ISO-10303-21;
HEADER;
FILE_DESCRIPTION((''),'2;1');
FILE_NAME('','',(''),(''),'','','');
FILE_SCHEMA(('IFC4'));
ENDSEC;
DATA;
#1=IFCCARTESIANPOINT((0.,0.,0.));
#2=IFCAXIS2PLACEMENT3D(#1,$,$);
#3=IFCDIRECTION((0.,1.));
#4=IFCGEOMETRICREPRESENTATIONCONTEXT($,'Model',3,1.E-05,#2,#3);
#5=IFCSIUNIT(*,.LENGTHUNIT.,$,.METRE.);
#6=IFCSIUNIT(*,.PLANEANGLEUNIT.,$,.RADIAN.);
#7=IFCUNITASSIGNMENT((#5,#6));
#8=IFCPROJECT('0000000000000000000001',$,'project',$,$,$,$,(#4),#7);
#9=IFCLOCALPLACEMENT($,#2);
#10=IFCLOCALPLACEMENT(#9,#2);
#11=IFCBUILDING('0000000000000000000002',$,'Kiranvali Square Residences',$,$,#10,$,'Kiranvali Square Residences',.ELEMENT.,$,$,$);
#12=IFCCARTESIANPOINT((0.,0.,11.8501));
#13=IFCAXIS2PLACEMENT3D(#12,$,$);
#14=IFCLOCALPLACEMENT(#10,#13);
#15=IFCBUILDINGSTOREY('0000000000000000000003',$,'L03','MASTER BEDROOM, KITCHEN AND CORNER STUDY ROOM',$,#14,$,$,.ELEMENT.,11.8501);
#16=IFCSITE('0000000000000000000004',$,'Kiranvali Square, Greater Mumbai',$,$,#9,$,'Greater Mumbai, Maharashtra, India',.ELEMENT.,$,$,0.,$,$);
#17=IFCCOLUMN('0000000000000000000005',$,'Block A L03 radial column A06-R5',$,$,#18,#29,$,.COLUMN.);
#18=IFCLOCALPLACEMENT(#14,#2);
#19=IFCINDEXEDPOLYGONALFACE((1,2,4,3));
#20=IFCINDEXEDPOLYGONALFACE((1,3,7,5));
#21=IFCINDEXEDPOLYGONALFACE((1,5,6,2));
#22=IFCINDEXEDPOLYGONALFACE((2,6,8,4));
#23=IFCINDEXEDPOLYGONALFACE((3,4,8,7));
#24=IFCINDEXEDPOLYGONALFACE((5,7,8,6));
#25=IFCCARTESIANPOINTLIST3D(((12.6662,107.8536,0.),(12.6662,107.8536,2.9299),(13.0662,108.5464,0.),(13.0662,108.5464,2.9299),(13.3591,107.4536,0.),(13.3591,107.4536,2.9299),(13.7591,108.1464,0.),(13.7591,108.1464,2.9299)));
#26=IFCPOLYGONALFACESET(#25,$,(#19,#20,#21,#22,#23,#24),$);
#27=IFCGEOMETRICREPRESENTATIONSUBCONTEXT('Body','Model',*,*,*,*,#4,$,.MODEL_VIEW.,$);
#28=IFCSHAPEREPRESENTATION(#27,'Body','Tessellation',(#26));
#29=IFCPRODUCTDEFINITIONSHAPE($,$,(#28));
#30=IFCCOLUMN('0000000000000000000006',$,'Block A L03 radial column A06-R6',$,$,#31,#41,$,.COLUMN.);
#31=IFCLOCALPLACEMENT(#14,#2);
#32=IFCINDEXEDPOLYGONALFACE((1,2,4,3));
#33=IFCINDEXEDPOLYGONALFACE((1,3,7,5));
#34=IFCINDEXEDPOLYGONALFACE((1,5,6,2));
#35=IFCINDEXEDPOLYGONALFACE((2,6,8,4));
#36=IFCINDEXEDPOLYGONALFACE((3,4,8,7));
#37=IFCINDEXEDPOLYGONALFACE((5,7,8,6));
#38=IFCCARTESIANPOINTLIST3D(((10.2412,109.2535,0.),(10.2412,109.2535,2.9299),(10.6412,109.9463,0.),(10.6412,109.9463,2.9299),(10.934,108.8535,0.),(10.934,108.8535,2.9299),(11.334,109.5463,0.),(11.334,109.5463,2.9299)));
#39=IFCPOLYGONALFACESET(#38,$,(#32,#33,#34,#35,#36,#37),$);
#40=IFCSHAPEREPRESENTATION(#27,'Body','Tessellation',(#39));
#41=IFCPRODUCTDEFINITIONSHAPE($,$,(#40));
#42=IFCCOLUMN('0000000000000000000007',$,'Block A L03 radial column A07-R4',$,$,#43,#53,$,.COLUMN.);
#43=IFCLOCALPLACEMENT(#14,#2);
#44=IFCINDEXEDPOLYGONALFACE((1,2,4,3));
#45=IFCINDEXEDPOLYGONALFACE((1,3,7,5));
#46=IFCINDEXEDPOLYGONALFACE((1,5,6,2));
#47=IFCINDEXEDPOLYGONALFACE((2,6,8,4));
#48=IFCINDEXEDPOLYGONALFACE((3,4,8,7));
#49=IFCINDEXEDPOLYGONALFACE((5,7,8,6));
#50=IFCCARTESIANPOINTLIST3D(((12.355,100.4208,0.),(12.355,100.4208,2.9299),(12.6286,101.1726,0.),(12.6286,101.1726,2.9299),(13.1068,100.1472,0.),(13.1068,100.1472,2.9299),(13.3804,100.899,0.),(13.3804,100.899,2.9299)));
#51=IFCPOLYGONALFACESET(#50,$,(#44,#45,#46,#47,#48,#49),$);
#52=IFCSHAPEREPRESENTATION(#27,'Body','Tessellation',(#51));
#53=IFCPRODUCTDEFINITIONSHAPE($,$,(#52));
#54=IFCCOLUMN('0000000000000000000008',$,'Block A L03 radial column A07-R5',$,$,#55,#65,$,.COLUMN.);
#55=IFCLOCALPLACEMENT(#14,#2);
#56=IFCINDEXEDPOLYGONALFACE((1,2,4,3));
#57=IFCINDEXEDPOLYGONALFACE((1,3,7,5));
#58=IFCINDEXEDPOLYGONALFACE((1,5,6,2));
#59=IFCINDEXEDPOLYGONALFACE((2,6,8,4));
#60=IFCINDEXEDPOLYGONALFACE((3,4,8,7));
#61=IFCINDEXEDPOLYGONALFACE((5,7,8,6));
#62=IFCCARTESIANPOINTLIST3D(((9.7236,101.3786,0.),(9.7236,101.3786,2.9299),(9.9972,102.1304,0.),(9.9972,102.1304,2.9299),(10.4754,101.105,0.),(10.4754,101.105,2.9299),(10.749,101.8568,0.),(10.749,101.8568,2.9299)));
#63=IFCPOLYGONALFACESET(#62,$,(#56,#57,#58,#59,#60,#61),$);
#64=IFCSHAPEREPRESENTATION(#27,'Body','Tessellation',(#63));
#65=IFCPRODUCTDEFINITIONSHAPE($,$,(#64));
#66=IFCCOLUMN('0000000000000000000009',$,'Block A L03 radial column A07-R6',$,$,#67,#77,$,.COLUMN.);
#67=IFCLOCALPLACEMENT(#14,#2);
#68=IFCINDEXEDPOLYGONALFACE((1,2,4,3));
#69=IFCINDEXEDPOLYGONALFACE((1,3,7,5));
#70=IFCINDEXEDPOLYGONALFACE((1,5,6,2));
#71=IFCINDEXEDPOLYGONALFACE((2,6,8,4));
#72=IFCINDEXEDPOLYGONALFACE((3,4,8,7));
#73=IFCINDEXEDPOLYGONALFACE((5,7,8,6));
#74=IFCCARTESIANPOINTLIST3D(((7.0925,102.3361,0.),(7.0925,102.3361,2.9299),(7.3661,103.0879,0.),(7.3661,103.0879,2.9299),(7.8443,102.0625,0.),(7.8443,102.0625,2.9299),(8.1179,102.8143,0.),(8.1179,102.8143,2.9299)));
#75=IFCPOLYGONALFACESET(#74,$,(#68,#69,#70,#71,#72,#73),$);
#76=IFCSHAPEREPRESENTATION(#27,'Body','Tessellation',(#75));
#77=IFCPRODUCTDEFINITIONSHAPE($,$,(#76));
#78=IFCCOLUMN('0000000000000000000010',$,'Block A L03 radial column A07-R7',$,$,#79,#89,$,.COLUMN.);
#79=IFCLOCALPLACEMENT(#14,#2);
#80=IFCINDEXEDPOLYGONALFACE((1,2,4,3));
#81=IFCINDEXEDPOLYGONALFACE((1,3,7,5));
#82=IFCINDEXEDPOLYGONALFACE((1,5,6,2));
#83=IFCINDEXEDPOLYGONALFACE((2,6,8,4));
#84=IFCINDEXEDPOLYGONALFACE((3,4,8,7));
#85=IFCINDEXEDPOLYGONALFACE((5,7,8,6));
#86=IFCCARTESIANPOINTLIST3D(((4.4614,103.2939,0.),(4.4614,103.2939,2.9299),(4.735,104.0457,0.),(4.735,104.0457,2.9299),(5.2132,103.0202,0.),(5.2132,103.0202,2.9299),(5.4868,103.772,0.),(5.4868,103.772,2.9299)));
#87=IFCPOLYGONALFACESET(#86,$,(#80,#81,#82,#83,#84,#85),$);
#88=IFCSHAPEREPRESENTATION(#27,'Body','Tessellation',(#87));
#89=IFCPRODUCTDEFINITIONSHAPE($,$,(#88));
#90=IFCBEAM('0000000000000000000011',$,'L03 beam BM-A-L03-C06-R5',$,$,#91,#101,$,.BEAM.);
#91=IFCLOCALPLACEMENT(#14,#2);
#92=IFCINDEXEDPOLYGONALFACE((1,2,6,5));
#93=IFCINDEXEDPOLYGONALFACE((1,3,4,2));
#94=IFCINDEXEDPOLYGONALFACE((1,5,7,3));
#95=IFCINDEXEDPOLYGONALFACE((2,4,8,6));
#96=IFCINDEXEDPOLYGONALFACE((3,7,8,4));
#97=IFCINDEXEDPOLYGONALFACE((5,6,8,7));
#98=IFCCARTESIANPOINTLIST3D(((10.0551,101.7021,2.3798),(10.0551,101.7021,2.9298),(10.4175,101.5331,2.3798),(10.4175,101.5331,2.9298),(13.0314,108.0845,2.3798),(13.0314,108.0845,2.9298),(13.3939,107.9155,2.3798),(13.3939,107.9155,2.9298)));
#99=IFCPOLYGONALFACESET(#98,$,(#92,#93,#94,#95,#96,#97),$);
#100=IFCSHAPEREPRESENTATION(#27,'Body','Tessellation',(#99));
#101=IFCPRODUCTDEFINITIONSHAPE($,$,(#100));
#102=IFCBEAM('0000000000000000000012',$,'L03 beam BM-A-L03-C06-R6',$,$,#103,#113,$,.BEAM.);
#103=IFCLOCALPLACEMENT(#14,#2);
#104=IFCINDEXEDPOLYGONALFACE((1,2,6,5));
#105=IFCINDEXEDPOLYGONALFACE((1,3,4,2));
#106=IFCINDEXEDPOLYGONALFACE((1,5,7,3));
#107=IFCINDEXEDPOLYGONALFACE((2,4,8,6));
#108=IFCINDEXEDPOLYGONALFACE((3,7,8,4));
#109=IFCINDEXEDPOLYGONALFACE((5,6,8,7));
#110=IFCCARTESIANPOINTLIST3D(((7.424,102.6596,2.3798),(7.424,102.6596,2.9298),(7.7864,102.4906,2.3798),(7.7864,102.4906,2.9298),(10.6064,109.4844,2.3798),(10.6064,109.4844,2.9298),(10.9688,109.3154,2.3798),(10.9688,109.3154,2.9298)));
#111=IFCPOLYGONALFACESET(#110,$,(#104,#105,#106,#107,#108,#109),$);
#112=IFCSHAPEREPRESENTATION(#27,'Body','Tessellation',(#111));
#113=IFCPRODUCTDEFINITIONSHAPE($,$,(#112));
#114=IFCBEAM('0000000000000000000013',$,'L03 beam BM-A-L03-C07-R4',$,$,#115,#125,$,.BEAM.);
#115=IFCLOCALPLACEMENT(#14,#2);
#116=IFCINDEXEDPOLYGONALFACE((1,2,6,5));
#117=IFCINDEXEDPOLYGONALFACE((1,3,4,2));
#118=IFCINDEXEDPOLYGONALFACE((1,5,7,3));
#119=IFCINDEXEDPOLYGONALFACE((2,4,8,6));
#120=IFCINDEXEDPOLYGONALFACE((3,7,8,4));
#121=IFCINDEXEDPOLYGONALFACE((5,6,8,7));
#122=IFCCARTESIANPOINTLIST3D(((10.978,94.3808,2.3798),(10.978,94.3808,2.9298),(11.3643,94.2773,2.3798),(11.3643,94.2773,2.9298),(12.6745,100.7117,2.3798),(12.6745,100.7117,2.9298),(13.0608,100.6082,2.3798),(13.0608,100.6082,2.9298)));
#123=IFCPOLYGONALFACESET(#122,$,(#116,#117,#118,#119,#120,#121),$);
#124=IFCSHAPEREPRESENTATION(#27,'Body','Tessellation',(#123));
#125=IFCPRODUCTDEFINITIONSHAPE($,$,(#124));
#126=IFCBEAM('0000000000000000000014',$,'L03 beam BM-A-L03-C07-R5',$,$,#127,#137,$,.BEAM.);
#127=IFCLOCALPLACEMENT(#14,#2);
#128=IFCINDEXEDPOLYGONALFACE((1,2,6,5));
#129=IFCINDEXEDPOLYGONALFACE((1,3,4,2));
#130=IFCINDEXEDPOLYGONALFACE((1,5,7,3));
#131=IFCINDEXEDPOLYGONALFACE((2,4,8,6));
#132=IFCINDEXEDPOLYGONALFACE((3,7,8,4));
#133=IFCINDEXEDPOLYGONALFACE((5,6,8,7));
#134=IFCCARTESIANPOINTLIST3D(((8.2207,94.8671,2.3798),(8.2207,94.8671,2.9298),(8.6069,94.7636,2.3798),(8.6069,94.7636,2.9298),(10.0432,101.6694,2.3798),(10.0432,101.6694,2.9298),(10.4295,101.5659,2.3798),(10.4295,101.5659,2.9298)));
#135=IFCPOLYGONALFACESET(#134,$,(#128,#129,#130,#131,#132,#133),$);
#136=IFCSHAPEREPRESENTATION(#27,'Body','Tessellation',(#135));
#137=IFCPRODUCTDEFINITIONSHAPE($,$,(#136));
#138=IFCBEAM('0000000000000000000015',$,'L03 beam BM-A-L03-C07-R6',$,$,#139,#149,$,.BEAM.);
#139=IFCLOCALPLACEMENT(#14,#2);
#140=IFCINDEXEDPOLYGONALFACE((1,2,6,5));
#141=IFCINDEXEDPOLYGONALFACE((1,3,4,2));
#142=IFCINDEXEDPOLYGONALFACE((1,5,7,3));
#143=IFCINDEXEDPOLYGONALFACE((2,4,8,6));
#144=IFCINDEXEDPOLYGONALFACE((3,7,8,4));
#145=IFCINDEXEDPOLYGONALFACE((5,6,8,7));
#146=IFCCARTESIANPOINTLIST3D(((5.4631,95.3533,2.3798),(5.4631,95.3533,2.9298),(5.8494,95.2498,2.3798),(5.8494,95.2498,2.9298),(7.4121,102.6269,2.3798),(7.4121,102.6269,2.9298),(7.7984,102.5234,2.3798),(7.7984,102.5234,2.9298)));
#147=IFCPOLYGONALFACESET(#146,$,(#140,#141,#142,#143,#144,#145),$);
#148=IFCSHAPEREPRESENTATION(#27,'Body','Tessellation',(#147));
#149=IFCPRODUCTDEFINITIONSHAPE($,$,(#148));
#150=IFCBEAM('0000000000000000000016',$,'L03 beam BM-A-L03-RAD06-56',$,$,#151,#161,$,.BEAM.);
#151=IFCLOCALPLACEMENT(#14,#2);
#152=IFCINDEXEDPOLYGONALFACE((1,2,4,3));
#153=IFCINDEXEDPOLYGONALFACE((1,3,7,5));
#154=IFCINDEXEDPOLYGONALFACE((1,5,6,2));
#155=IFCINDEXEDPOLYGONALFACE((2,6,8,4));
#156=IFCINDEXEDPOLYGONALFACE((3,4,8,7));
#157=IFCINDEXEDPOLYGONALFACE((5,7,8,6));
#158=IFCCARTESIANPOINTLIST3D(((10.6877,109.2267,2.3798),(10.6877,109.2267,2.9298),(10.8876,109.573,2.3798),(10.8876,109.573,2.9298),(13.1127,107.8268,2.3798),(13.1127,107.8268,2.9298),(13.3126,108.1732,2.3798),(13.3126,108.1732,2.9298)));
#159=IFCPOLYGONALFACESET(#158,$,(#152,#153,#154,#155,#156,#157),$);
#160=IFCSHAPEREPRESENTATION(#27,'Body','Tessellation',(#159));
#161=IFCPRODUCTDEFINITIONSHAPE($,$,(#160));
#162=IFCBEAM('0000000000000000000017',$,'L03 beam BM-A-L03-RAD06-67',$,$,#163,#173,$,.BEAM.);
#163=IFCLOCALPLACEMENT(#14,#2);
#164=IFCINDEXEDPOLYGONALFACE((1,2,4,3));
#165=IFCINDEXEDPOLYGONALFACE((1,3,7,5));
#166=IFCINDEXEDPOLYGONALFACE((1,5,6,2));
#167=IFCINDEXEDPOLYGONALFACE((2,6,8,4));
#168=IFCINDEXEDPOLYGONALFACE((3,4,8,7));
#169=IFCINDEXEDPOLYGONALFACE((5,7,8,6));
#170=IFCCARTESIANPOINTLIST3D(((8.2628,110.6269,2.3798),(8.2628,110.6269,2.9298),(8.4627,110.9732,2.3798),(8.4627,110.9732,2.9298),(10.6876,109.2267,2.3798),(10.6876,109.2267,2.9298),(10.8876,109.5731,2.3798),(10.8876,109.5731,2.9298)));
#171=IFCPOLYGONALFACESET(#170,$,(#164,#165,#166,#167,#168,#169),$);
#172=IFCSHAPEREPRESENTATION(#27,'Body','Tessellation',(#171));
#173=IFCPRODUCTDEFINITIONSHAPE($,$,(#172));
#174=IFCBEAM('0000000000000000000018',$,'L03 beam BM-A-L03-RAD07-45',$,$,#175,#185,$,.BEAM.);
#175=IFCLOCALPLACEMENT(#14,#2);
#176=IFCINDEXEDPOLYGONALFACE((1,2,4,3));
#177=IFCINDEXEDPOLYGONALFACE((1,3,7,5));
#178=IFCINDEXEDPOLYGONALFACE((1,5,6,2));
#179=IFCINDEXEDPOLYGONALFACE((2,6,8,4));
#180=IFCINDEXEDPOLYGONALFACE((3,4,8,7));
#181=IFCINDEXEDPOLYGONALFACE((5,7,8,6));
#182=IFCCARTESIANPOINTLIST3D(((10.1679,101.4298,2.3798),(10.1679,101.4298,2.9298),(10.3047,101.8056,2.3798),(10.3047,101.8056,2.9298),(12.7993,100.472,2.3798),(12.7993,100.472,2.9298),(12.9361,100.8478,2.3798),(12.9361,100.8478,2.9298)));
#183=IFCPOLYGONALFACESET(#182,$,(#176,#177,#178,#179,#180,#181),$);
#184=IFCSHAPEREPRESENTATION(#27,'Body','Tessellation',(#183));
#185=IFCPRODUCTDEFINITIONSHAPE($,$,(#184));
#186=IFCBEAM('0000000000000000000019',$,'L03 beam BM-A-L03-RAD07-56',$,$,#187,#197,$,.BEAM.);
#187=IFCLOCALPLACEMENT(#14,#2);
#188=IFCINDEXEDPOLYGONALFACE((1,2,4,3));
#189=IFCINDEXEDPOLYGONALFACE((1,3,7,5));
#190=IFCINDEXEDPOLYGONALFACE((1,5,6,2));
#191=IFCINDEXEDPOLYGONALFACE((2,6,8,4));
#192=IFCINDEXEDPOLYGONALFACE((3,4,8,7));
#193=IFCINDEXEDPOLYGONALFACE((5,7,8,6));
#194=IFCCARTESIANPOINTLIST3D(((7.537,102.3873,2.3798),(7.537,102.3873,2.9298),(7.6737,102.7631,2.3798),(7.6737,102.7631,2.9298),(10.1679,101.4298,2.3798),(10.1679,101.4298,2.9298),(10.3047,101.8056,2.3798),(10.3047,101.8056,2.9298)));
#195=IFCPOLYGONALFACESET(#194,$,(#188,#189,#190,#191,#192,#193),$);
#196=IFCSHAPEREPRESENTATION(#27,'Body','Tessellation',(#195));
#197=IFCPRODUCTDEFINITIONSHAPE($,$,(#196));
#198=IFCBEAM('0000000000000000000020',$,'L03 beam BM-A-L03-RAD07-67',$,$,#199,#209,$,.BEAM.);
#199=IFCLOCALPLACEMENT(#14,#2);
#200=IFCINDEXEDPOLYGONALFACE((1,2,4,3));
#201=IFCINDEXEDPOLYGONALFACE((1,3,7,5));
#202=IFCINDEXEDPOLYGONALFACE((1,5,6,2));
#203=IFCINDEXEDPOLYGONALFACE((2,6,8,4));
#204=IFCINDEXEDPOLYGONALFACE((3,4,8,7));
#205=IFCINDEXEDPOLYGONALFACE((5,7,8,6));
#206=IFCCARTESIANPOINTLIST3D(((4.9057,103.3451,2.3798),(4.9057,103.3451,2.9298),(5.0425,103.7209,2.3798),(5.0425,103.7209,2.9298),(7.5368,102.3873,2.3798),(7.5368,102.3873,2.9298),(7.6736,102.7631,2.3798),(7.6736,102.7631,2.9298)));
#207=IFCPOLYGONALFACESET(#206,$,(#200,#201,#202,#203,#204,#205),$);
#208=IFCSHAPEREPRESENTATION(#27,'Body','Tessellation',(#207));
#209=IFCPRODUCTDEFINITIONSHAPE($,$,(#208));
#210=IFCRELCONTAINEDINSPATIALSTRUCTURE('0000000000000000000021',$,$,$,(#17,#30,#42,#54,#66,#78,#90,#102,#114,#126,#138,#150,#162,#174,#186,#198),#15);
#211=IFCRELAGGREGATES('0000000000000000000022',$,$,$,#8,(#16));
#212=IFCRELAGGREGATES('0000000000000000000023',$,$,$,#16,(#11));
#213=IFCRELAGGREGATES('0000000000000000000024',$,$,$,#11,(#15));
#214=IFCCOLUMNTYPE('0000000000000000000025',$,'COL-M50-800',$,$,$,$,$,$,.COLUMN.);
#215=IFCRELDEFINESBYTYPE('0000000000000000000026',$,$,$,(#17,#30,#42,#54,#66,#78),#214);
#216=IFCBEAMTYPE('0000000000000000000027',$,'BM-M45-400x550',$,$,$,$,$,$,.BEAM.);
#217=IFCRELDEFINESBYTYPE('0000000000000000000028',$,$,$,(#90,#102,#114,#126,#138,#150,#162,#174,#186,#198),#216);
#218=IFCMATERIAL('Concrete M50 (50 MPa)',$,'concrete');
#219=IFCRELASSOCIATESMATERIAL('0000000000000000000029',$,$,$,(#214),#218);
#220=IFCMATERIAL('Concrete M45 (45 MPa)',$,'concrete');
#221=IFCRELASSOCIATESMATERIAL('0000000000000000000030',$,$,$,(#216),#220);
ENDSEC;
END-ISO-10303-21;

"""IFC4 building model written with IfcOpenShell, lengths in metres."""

from ifc_helpers import new_model, si_unit, direction, frame, origin, origin_2d, place, context, subcontext, project, spatial, rectangle, extrude, material, material_profile, profile_set, type_object, element, save


model = new_model("IFC4")

# Units and contexts
model_context = context("Model", 3, precision=1e-05, world=origin(), true_north=direction((0.0, 1.0)))
body_context = subcontext(model_context, "Body", "Model", "MODEL_VIEW")
ifc_project = project(units=[si_unit("LENGTHUNIT", "METRE"), si_unit("PLANEANGLEUNIT", "RADIAN")], contexts=[model_context])

# Site, building, storey
site_placement = place(None, origin())
site = spatial("IfcSite", under=ifc_project, at=site_placement, Name="Kiranvali Square, Greater Mumbai", LongName="Greater Mumbai, Maharashtra, India", CompositionType="ELEMENT", RefElevation=0.0)
building_placement = place(site_placement, origin())
building = spatial("IfcBuilding", under=site, at=building_placement, Name="Kiranvali Square Residences", LongName="Kiranvali Square Residences", CompositionType="ELEMENT")
storey_placement = place(building_placement, frame((0.0, 0.0, 11.8501)))
storey = spatial("IfcBuildingStorey", under=building, at=storey_placement, Name="L03", Description="MASTER BEDROOM, KITCHEN AND CORNER STUDY ROOM", CompositionType="ELEMENT", Elevation=11.8501)

# Columns
ifc_material_1 = material(Name="Concrete M50 (50 MPa)", Category="concrete")
ifc_material_profile_1 = material_profile(ifc_material_1, rectangle(XDim=0.8, YDim=0.8, at=origin_2d()), Name="RC 800x800")
ifc_profile_set_1 = profile_set([ifc_material_profile_1], Name="Concrete M50 (50 MPa)")
column_type = type_object("IfcColumnType", Name="COL-M50-800", PredefinedType="COLUMN", material=ifc_profile_set_1)
for number, where, z_axis, x_axis, name in (
    (1, (13.2126, 108.0, 0.0), (0.0, 0.0, 1.0), (0.5, 0.866025, 0.0), "Block A L03 radial column A06-R5"),
    (2, (10.7876, 109.3999, 0.0), (0.0, 0.0, 1.0), (0.5, 0.866025, 0.0), "Block A L03 radial column A06-R6"),
    (3, (12.8677, 100.6599, 0.0), (0.0, 0.0, 1.0), (0.34202, 0.939693, 0.0), "Block A L03 radial column A07-R4"),
    (4, (10.2363, 101.6177, 0.0), (0.0, 0.0, 1.0), (0.34202, 0.939693, 0.0), "Block A L03 radial column A07-R5"),
    (5, (7.6052, 102.5752, 0.0), (0.0, 0.0, 1.0), (0.34202, 0.939693, 0.0), "Block A L03 radial column A07-R6"),
    (6, (4.9741, 103.533, 0.0), (0.0, 0.0, 1.0), (0.34202, 0.939693, 0.0), "Block A L03 radial column A07-R7"),
):
    element("IfcColumn", number, at=place(storey_placement, frame(where, z_axis=z_axis, x_axis=x_axis)), inside=storey, type_object=column_type, Name=name, PredefinedType="COLUMN", context=body_context, shape_type="SweptSolid", body=[
        extrude(rectangle(XDim=0.8, YDim=0.8, at=origin_2d()), origin(), (0.0, 0.0, 1.0), 2.9299),
    ])

# Beams
ifc_material_2 = material(Name="Concrete M45 (45 MPa)", Category="concrete")
ifc_material_profile_2 = material_profile(ifc_material_2, rectangle(XDim=0.3999, YDim=0.55, at=origin_2d()), Name="RC 400x550")
ifc_profile_set_2 = profile_set([ifc_material_profile_2], Name="Concrete M45 (45 MPa)")
beam_type_1 = type_object("IfcBeamType", Name="BM-M45-400x550", PredefinedType="BEAM", material=ifc_profile_set_2)
beam_1_placement = place(storey_placement, frame((13.2126, 108.0, 2.6548), z_axis=(-0.422641, -0.906297, 0.0), x_axis=(0.906297, -0.422641, 0.0)))
element("IfcBeam", 7, at=beam_1_placement, inside=storey, type_object=beam_type_1, Name="L03 beam BM-A-L03-C06-R5", PredefinedType="BEAM", context=body_context, shape_type="SweptSolid", body=[
    extrude(rectangle(XDim=0.3999, YDim=0.55, at=origin_2d()), origin(), (0.0, 0.0, 1.0), 7.0422),
])
beam_2_placement = place(storey_placement, frame((10.7876, 109.3999, 2.6548), z_axis=(-0.422614, -0.90631, 0.0), x_axis=(0.90631, -0.422614, 0.0)))
element("IfcBeam", 8, at=beam_2_placement, inside=storey, type_object=beam_type_1, Name="L03 beam BM-A-L03-C06-R6", PredefinedType="BEAM", context=body_context, shape_type="SweptSolid", body=[
    extrude(rectangle(XDim=0.3999, YDim=0.55, at=origin_2d()), origin(), (0.0, 0.0, 1.0), 7.5303),
])
beam_3_placement = place(storey_placement, frame((12.8677, 100.6599, 2.6548), z_axis=(-0.258847, -0.965918, 0.0), x_axis=(0.965918, -0.258847, 0.0)))
element("IfcBeam", 9, at=beam_3_placement, inside=storey, type_object=beam_type_1, Name="L03 beam BM-A-L03-C07-R4", PredefinedType="BEAM", context=body_context, shape_type="SweptSolid", body=[
    extrude(rectangle(XDim=0.3999, YDim=0.55, at=origin_2d()), origin(), (0.0, 0.0, 1.0), 6.5542),
])
beam_4_placement = place(storey_placement, frame((10.2363, 101.6177, 2.6548), z_axis=(-0.2588, -0.965931, 0.0), x_axis=(0.965931, -0.2588, 0.0)))
element("IfcBeam", 10, at=beam_4_placement, inside=storey, type_object=beam_type_1, Name="L03 beam BM-A-L03-C07-R5", PredefinedType="BEAM", context=body_context, shape_type="SweptSolid", body=[
    extrude(rectangle(XDim=0.3999, YDim=0.55, at=origin_2d()), origin(), (0.0, 0.0, 1.0), 7.0422),
])
beam_5_placement = place(storey_placement, frame((7.6052, 102.5752, 2.6548), z_axis=(-0.258819, -0.965926, 0.0), x_axis=(0.965926, -0.258819, 0.0)))
element("IfcBeam", 11, at=beam_5_placement, inside=storey, type_object=beam_type_1, Name="L03 beam BM-A-L03-C07-R6", PredefinedType="BEAM", context=body_context, shape_type="SweptSolid", body=[
    extrude(rectangle(XDim=0.3999, YDim=0.55, at=origin_2d()), origin(), (0.0, 0.0, 1.0), 7.5303),
])
for number, where, z_axis, x_axis, name in (
    (12, (13.2126, 108.0, 2.6548), (-0.866056, 0.499946, 0.0), (-0.499946, -0.866056, 0.0), "L03 beam BM-A-L03-RAD06-56"),
    (13, (10.7876, 109.3999, 2.6548), (-0.865997, 0.50005, 0.0), (-0.50005, -0.865997, 0.0), "L03 beam BM-A-L03-RAD06-67"),
):
    element("IfcBeam", number, at=place(storey_placement, frame(where, z_axis=z_axis, x_axis=x_axis)), inside=storey, type_object=beam_type_1, Name=name, PredefinedType="BEAM", context=body_context, shape_type="SweptSolid", body=[
        extrude(rectangle(XDim=0.3999, YDim=0.55, at=origin_2d()), origin(), (0.0, 0.0, 1.0), 2.8),
    ])
beam_6_placement = place(storey_placement, frame((12.8677, 100.6599, 2.6548), z_axis=(-0.939689, 0.34203, 0.0), x_axis=(-0.34203, -0.939689, 0.0)))
element("IfcBeam", 14, at=beam_6_placement, inside=storey, type_object=beam_type_1, Name="L03 beam BM-A-L03-RAD07-45", PredefinedType="BEAM", context=body_context, shape_type="SweptSolid", body=[
    extrude(rectangle(XDim=0.3999, YDim=0.55, at=origin_2d()), origin(), (0.0, 0.0, 1.0), 2.8003),
])
beam_7_placement = place(storey_placement, frame((10.2363, 101.6177, 2.6548), z_axis=(-0.939707, 0.341981, 0.0), x_axis=(-0.341981, -0.939707, 0.0)))
element("IfcBeam", 15, at=beam_7_placement, inside=storey, type_object=beam_type_1, Name="L03 beam BM-A-L03-RAD07-56", PredefinedType="BEAM", context=body_context, shape_type="SweptSolid", body=[
    extrude(rectangle(XDim=0.3999, YDim=0.55, at=origin_2d()), origin(), (0.0, 0.0, 1.0), 2.7998),
])
beam_8_placement = place(storey_placement, frame((7.6052, 102.5752, 2.6548), z_axis=(-0.939679, 0.342058, 0.0), x_axis=(-0.342058, -0.939679, 0.0)))
element("IfcBeam", 16, at=beam_8_placement, inside=storey, type_object=beam_type_1, Name="L03 beam BM-A-L03-RAD07-67", PredefinedType="BEAM", context=body_context, shape_type="SweptSolid", body=[
    extrude(rectangle(XDim=0.3999, YDim=0.55, at=origin_2d()), origin(), (0.0, 0.0, 1.0), 2.8),
])

save(model, "model.ifc")
